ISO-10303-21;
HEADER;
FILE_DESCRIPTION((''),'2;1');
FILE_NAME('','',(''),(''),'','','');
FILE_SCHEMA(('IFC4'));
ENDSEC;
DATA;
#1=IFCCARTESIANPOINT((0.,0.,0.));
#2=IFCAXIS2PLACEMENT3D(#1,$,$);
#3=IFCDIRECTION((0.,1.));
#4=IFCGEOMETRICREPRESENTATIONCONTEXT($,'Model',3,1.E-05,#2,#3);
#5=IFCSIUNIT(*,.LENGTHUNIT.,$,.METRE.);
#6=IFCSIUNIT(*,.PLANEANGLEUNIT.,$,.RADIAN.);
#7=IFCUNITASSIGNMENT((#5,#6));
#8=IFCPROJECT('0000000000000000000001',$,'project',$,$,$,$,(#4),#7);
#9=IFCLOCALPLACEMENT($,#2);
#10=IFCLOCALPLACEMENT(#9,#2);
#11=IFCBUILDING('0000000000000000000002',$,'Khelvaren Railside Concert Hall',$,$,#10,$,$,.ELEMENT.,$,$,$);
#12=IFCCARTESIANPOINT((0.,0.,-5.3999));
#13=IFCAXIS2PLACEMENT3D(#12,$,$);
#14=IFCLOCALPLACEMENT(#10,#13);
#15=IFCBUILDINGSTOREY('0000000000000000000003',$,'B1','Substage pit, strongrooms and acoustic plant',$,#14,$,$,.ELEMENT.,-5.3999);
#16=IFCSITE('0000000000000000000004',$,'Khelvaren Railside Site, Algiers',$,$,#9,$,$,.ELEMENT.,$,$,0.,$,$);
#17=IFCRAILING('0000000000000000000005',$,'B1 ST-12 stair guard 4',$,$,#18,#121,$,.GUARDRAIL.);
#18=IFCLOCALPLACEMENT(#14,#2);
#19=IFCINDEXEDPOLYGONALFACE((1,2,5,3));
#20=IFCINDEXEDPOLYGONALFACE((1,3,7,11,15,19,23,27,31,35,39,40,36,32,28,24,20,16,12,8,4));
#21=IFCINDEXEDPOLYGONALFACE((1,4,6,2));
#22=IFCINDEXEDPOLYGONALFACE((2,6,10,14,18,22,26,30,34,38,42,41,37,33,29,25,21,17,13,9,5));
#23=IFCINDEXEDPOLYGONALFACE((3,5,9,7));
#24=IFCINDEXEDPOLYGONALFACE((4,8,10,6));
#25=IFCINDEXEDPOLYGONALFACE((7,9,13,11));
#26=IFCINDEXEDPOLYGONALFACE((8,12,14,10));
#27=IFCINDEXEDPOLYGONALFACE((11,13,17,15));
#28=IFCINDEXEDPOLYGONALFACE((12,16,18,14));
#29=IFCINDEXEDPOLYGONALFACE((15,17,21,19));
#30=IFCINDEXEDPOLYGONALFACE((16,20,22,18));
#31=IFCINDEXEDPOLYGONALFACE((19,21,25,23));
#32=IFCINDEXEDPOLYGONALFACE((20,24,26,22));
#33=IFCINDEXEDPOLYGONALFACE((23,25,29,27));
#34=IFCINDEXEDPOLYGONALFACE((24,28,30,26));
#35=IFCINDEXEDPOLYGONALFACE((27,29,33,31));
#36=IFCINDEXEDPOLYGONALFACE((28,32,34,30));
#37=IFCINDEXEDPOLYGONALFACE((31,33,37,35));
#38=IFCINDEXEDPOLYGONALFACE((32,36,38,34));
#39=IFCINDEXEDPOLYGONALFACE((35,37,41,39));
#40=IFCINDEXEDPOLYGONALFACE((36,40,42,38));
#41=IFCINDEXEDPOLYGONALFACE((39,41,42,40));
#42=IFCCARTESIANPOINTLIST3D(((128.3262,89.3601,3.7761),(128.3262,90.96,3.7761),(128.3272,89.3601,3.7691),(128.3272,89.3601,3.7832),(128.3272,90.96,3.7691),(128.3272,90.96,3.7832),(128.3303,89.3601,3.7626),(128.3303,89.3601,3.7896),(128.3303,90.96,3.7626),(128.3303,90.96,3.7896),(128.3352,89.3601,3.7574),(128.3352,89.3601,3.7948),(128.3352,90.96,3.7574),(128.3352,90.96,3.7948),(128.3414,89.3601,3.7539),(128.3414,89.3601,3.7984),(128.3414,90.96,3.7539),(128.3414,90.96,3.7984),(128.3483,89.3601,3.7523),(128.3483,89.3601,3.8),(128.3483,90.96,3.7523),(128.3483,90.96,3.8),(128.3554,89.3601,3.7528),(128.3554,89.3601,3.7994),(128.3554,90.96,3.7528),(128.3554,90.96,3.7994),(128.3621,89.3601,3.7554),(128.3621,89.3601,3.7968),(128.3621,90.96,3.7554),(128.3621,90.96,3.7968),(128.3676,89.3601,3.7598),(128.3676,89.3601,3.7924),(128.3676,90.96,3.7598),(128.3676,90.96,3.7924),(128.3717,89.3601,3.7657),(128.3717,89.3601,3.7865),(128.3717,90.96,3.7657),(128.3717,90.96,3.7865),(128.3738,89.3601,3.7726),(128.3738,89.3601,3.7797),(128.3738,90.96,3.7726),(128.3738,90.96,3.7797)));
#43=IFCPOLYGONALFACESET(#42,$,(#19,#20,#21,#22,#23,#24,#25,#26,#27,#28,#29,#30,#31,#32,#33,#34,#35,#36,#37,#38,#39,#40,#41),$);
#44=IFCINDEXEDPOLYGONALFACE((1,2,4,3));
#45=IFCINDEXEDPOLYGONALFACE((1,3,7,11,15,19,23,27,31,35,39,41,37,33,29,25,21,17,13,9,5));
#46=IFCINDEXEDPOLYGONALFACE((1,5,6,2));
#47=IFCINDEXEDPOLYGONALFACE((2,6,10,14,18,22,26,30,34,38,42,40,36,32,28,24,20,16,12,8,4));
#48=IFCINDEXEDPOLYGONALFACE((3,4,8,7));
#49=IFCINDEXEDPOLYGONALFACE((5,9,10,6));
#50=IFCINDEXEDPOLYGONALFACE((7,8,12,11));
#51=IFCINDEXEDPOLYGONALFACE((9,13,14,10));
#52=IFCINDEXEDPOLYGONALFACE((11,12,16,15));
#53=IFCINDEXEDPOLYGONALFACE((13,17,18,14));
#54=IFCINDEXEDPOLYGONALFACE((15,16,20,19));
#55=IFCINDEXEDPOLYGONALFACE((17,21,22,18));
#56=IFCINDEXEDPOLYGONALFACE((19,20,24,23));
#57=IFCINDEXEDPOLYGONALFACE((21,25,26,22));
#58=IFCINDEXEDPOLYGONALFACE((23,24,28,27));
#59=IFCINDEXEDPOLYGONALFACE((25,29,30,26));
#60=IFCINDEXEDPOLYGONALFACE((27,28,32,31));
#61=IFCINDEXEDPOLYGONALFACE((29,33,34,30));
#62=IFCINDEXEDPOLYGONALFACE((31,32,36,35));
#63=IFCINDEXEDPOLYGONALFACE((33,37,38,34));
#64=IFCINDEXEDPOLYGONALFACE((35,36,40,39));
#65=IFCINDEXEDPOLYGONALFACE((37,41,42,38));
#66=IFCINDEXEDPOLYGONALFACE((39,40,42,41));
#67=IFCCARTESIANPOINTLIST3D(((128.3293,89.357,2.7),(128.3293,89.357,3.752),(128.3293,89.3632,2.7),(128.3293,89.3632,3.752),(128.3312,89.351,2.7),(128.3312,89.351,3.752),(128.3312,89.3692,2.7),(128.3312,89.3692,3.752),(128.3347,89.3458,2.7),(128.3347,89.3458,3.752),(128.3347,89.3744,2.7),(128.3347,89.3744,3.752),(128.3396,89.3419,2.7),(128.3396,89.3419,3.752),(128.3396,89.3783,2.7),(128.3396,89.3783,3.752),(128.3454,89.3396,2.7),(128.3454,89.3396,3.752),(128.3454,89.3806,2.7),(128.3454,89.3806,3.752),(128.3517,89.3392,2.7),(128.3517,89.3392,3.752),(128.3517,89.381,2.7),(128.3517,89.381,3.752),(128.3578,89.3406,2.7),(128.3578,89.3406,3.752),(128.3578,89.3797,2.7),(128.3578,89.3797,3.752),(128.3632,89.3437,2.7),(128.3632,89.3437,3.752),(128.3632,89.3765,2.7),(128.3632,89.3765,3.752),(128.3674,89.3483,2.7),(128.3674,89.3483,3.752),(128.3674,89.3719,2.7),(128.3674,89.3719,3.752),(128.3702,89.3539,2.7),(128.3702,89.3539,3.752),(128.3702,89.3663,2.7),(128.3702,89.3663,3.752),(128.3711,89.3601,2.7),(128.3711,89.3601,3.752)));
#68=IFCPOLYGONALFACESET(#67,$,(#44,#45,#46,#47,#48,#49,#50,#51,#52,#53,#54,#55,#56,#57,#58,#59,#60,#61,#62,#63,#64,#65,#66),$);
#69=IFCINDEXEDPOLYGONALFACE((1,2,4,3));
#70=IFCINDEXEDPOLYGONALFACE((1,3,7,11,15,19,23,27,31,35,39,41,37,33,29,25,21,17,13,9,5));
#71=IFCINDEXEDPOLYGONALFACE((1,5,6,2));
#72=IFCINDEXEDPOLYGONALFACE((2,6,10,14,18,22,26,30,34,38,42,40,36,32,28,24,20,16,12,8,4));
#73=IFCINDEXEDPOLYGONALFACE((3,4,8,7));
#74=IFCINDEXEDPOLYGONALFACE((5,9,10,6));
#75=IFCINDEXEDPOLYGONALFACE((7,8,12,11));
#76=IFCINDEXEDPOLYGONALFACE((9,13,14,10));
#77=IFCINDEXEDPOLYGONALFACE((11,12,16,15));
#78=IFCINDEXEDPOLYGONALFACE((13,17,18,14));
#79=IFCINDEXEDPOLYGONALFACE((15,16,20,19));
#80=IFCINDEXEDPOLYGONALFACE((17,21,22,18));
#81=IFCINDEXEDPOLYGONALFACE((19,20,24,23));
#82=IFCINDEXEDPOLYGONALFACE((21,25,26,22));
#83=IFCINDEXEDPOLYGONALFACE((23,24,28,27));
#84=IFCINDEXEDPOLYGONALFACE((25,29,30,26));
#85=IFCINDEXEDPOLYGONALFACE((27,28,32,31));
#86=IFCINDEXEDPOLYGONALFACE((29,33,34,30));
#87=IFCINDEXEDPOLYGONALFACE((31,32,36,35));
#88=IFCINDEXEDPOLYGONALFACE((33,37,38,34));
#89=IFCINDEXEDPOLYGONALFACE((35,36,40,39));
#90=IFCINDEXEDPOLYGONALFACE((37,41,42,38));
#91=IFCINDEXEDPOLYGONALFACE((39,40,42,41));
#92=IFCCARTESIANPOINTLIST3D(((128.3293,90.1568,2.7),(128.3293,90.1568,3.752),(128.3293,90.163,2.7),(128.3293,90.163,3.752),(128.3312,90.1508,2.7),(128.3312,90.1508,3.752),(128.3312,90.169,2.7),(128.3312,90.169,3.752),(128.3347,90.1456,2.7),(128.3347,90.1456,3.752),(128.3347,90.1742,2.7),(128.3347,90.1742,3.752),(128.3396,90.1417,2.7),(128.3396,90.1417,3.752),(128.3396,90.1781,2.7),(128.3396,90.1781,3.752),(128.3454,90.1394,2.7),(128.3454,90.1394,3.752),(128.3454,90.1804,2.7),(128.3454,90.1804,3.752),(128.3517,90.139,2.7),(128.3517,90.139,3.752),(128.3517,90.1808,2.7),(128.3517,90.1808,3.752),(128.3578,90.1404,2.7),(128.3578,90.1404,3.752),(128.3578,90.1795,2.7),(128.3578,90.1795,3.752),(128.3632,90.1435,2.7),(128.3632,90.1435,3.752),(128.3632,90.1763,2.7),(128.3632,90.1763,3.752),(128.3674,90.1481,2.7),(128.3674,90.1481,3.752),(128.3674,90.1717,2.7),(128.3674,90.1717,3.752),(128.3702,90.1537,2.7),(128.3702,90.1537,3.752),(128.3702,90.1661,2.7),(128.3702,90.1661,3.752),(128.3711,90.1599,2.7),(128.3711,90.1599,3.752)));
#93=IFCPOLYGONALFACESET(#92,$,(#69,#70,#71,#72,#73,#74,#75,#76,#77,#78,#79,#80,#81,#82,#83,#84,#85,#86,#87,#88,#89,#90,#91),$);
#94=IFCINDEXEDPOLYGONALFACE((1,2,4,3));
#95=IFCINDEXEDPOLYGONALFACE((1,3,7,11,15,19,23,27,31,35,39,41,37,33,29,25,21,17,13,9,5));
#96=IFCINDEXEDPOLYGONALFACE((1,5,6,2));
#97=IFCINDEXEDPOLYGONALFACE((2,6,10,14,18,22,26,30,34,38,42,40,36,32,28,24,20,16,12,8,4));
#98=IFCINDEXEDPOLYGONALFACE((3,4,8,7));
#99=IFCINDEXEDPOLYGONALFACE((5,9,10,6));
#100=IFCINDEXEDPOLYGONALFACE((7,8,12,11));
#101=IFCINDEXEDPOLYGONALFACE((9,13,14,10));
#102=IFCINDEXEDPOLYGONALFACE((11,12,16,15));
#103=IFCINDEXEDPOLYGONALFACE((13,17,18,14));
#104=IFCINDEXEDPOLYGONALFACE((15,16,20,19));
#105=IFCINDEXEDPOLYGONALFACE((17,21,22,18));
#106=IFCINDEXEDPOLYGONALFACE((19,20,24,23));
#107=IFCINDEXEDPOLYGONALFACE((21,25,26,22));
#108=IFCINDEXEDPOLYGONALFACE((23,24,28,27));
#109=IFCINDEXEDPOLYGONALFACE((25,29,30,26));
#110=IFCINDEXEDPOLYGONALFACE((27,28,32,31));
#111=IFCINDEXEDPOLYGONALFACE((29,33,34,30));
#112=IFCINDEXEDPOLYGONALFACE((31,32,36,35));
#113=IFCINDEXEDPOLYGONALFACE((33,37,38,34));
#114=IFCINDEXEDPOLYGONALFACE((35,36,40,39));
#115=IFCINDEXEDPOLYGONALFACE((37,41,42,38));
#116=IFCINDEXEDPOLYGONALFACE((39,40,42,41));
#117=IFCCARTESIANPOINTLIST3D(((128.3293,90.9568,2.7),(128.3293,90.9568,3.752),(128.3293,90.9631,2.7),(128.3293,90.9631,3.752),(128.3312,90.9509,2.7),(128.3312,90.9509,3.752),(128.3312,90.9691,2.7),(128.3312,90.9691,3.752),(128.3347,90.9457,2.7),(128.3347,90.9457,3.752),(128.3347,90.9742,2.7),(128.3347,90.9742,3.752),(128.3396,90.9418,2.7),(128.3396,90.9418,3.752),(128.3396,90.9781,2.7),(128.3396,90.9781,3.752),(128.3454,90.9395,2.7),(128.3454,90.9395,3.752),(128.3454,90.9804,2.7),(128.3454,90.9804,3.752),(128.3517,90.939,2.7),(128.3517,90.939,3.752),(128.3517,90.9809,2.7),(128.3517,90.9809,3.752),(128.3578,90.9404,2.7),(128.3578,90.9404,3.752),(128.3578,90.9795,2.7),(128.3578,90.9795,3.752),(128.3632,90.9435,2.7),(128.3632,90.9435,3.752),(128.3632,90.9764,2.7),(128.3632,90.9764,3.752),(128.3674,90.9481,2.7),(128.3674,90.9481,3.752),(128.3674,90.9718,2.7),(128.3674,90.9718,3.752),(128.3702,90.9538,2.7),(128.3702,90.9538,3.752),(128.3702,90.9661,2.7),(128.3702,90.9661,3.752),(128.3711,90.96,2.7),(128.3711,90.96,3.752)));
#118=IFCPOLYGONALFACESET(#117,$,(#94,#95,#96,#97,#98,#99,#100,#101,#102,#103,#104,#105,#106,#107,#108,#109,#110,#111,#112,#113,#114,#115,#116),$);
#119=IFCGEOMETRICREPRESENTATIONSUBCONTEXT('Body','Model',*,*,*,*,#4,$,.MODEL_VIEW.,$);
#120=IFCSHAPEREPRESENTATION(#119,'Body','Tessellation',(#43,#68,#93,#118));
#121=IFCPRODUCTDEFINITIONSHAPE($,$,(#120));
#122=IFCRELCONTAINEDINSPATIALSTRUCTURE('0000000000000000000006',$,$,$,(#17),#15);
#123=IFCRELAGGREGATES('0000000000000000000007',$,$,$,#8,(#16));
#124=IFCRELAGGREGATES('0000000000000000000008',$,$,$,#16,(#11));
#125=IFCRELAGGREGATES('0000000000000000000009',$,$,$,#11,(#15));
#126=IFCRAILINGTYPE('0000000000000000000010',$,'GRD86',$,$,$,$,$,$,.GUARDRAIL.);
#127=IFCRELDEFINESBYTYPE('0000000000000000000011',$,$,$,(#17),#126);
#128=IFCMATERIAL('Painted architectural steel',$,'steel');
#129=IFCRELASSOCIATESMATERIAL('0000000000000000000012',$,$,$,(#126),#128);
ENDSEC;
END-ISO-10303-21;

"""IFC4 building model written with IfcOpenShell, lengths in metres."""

from ifc_helpers import new_model, si_unit, direction, frame, origin, origin_2d, place, context, subcontext, project, spatial, circle, extrude, material, type_object, element, save


model = new_model("IFC4")

# Units and contexts
model_context = context("Model", 3, precision=1e-05, world=origin(), true_north=direction((0.0, 1.0)))
body_context = subcontext(model_context, "Body", "Model", "MODEL_VIEW")
ifc_project = project(units=[si_unit("LENGTHUNIT", "METRE"), si_unit("PLANEANGLEUNIT", "RADIAN")], contexts=[model_context])

# Site, building, storey
site_placement = place(None, origin())
site = spatial("IfcSite", under=ifc_project, at=site_placement, Name="Khelvaren Railside Site, Algiers", CompositionType="ELEMENT", RefElevation=0.0)
building_placement = place(site_placement, origin())
building = spatial("IfcBuilding", under=site, at=building_placement, Name="Khelvaren Railside Concert Hall", CompositionType="ELEMENT")
storey_placement = place(building_placement, frame((0.0, 0.0, -5.3999)))
storey = spatial("IfcBuildingStorey", under=building, at=storey_placement, Name="B1", Description="Substage pit, strongrooms and acoustic plant", CompositionType="ELEMENT", Elevation=-5.3999)

# Railing
ifc_material_1 = material(Name="Painted architectural steel", Category="steel")
railing_type_1 = type_object("IfcRailingType", Name="GRD86", PredefinedType="GUARDRAIL", material=ifc_material_1)
railing_1_placement = place(storey_placement, frame((128.3501, 89.3601, 2.7)))
element("IfcRailing", 1, at=railing_1_placement, inside=storey, type_object=railing_type_1, Name="B1 ST-12 stair guard 4", PredefinedType="GUARDRAIL", context=body_context, shape_type="SweptSolid", body=[
    extrude(circle(Radius=0.0239, at=origin_2d()), frame((0.0, 0.0, 1.0762), z_axis=(0.0, 1.0, 0.0), x_axis=(-1.0, 0.0, 0.0)), (0.0, 0.0, 1.0), 1.5999),
    extrude(circle(Radius=0.021, at=origin_2d()), origin(), (0.0, 0.0, 1.0), 1.052),
    extrude(circle(Radius=0.021, at=origin_2d()), frame((0.0, 0.7998, 0.0)), (0.0, 0.0, 1.0), 1.052),
    extrude(circle(Radius=0.021, at=origin_2d()), frame((0.0, 1.5999, 0.0)), (0.0, 0.0, 1.0), 1.052),
])

save(model, "model.ifc")
